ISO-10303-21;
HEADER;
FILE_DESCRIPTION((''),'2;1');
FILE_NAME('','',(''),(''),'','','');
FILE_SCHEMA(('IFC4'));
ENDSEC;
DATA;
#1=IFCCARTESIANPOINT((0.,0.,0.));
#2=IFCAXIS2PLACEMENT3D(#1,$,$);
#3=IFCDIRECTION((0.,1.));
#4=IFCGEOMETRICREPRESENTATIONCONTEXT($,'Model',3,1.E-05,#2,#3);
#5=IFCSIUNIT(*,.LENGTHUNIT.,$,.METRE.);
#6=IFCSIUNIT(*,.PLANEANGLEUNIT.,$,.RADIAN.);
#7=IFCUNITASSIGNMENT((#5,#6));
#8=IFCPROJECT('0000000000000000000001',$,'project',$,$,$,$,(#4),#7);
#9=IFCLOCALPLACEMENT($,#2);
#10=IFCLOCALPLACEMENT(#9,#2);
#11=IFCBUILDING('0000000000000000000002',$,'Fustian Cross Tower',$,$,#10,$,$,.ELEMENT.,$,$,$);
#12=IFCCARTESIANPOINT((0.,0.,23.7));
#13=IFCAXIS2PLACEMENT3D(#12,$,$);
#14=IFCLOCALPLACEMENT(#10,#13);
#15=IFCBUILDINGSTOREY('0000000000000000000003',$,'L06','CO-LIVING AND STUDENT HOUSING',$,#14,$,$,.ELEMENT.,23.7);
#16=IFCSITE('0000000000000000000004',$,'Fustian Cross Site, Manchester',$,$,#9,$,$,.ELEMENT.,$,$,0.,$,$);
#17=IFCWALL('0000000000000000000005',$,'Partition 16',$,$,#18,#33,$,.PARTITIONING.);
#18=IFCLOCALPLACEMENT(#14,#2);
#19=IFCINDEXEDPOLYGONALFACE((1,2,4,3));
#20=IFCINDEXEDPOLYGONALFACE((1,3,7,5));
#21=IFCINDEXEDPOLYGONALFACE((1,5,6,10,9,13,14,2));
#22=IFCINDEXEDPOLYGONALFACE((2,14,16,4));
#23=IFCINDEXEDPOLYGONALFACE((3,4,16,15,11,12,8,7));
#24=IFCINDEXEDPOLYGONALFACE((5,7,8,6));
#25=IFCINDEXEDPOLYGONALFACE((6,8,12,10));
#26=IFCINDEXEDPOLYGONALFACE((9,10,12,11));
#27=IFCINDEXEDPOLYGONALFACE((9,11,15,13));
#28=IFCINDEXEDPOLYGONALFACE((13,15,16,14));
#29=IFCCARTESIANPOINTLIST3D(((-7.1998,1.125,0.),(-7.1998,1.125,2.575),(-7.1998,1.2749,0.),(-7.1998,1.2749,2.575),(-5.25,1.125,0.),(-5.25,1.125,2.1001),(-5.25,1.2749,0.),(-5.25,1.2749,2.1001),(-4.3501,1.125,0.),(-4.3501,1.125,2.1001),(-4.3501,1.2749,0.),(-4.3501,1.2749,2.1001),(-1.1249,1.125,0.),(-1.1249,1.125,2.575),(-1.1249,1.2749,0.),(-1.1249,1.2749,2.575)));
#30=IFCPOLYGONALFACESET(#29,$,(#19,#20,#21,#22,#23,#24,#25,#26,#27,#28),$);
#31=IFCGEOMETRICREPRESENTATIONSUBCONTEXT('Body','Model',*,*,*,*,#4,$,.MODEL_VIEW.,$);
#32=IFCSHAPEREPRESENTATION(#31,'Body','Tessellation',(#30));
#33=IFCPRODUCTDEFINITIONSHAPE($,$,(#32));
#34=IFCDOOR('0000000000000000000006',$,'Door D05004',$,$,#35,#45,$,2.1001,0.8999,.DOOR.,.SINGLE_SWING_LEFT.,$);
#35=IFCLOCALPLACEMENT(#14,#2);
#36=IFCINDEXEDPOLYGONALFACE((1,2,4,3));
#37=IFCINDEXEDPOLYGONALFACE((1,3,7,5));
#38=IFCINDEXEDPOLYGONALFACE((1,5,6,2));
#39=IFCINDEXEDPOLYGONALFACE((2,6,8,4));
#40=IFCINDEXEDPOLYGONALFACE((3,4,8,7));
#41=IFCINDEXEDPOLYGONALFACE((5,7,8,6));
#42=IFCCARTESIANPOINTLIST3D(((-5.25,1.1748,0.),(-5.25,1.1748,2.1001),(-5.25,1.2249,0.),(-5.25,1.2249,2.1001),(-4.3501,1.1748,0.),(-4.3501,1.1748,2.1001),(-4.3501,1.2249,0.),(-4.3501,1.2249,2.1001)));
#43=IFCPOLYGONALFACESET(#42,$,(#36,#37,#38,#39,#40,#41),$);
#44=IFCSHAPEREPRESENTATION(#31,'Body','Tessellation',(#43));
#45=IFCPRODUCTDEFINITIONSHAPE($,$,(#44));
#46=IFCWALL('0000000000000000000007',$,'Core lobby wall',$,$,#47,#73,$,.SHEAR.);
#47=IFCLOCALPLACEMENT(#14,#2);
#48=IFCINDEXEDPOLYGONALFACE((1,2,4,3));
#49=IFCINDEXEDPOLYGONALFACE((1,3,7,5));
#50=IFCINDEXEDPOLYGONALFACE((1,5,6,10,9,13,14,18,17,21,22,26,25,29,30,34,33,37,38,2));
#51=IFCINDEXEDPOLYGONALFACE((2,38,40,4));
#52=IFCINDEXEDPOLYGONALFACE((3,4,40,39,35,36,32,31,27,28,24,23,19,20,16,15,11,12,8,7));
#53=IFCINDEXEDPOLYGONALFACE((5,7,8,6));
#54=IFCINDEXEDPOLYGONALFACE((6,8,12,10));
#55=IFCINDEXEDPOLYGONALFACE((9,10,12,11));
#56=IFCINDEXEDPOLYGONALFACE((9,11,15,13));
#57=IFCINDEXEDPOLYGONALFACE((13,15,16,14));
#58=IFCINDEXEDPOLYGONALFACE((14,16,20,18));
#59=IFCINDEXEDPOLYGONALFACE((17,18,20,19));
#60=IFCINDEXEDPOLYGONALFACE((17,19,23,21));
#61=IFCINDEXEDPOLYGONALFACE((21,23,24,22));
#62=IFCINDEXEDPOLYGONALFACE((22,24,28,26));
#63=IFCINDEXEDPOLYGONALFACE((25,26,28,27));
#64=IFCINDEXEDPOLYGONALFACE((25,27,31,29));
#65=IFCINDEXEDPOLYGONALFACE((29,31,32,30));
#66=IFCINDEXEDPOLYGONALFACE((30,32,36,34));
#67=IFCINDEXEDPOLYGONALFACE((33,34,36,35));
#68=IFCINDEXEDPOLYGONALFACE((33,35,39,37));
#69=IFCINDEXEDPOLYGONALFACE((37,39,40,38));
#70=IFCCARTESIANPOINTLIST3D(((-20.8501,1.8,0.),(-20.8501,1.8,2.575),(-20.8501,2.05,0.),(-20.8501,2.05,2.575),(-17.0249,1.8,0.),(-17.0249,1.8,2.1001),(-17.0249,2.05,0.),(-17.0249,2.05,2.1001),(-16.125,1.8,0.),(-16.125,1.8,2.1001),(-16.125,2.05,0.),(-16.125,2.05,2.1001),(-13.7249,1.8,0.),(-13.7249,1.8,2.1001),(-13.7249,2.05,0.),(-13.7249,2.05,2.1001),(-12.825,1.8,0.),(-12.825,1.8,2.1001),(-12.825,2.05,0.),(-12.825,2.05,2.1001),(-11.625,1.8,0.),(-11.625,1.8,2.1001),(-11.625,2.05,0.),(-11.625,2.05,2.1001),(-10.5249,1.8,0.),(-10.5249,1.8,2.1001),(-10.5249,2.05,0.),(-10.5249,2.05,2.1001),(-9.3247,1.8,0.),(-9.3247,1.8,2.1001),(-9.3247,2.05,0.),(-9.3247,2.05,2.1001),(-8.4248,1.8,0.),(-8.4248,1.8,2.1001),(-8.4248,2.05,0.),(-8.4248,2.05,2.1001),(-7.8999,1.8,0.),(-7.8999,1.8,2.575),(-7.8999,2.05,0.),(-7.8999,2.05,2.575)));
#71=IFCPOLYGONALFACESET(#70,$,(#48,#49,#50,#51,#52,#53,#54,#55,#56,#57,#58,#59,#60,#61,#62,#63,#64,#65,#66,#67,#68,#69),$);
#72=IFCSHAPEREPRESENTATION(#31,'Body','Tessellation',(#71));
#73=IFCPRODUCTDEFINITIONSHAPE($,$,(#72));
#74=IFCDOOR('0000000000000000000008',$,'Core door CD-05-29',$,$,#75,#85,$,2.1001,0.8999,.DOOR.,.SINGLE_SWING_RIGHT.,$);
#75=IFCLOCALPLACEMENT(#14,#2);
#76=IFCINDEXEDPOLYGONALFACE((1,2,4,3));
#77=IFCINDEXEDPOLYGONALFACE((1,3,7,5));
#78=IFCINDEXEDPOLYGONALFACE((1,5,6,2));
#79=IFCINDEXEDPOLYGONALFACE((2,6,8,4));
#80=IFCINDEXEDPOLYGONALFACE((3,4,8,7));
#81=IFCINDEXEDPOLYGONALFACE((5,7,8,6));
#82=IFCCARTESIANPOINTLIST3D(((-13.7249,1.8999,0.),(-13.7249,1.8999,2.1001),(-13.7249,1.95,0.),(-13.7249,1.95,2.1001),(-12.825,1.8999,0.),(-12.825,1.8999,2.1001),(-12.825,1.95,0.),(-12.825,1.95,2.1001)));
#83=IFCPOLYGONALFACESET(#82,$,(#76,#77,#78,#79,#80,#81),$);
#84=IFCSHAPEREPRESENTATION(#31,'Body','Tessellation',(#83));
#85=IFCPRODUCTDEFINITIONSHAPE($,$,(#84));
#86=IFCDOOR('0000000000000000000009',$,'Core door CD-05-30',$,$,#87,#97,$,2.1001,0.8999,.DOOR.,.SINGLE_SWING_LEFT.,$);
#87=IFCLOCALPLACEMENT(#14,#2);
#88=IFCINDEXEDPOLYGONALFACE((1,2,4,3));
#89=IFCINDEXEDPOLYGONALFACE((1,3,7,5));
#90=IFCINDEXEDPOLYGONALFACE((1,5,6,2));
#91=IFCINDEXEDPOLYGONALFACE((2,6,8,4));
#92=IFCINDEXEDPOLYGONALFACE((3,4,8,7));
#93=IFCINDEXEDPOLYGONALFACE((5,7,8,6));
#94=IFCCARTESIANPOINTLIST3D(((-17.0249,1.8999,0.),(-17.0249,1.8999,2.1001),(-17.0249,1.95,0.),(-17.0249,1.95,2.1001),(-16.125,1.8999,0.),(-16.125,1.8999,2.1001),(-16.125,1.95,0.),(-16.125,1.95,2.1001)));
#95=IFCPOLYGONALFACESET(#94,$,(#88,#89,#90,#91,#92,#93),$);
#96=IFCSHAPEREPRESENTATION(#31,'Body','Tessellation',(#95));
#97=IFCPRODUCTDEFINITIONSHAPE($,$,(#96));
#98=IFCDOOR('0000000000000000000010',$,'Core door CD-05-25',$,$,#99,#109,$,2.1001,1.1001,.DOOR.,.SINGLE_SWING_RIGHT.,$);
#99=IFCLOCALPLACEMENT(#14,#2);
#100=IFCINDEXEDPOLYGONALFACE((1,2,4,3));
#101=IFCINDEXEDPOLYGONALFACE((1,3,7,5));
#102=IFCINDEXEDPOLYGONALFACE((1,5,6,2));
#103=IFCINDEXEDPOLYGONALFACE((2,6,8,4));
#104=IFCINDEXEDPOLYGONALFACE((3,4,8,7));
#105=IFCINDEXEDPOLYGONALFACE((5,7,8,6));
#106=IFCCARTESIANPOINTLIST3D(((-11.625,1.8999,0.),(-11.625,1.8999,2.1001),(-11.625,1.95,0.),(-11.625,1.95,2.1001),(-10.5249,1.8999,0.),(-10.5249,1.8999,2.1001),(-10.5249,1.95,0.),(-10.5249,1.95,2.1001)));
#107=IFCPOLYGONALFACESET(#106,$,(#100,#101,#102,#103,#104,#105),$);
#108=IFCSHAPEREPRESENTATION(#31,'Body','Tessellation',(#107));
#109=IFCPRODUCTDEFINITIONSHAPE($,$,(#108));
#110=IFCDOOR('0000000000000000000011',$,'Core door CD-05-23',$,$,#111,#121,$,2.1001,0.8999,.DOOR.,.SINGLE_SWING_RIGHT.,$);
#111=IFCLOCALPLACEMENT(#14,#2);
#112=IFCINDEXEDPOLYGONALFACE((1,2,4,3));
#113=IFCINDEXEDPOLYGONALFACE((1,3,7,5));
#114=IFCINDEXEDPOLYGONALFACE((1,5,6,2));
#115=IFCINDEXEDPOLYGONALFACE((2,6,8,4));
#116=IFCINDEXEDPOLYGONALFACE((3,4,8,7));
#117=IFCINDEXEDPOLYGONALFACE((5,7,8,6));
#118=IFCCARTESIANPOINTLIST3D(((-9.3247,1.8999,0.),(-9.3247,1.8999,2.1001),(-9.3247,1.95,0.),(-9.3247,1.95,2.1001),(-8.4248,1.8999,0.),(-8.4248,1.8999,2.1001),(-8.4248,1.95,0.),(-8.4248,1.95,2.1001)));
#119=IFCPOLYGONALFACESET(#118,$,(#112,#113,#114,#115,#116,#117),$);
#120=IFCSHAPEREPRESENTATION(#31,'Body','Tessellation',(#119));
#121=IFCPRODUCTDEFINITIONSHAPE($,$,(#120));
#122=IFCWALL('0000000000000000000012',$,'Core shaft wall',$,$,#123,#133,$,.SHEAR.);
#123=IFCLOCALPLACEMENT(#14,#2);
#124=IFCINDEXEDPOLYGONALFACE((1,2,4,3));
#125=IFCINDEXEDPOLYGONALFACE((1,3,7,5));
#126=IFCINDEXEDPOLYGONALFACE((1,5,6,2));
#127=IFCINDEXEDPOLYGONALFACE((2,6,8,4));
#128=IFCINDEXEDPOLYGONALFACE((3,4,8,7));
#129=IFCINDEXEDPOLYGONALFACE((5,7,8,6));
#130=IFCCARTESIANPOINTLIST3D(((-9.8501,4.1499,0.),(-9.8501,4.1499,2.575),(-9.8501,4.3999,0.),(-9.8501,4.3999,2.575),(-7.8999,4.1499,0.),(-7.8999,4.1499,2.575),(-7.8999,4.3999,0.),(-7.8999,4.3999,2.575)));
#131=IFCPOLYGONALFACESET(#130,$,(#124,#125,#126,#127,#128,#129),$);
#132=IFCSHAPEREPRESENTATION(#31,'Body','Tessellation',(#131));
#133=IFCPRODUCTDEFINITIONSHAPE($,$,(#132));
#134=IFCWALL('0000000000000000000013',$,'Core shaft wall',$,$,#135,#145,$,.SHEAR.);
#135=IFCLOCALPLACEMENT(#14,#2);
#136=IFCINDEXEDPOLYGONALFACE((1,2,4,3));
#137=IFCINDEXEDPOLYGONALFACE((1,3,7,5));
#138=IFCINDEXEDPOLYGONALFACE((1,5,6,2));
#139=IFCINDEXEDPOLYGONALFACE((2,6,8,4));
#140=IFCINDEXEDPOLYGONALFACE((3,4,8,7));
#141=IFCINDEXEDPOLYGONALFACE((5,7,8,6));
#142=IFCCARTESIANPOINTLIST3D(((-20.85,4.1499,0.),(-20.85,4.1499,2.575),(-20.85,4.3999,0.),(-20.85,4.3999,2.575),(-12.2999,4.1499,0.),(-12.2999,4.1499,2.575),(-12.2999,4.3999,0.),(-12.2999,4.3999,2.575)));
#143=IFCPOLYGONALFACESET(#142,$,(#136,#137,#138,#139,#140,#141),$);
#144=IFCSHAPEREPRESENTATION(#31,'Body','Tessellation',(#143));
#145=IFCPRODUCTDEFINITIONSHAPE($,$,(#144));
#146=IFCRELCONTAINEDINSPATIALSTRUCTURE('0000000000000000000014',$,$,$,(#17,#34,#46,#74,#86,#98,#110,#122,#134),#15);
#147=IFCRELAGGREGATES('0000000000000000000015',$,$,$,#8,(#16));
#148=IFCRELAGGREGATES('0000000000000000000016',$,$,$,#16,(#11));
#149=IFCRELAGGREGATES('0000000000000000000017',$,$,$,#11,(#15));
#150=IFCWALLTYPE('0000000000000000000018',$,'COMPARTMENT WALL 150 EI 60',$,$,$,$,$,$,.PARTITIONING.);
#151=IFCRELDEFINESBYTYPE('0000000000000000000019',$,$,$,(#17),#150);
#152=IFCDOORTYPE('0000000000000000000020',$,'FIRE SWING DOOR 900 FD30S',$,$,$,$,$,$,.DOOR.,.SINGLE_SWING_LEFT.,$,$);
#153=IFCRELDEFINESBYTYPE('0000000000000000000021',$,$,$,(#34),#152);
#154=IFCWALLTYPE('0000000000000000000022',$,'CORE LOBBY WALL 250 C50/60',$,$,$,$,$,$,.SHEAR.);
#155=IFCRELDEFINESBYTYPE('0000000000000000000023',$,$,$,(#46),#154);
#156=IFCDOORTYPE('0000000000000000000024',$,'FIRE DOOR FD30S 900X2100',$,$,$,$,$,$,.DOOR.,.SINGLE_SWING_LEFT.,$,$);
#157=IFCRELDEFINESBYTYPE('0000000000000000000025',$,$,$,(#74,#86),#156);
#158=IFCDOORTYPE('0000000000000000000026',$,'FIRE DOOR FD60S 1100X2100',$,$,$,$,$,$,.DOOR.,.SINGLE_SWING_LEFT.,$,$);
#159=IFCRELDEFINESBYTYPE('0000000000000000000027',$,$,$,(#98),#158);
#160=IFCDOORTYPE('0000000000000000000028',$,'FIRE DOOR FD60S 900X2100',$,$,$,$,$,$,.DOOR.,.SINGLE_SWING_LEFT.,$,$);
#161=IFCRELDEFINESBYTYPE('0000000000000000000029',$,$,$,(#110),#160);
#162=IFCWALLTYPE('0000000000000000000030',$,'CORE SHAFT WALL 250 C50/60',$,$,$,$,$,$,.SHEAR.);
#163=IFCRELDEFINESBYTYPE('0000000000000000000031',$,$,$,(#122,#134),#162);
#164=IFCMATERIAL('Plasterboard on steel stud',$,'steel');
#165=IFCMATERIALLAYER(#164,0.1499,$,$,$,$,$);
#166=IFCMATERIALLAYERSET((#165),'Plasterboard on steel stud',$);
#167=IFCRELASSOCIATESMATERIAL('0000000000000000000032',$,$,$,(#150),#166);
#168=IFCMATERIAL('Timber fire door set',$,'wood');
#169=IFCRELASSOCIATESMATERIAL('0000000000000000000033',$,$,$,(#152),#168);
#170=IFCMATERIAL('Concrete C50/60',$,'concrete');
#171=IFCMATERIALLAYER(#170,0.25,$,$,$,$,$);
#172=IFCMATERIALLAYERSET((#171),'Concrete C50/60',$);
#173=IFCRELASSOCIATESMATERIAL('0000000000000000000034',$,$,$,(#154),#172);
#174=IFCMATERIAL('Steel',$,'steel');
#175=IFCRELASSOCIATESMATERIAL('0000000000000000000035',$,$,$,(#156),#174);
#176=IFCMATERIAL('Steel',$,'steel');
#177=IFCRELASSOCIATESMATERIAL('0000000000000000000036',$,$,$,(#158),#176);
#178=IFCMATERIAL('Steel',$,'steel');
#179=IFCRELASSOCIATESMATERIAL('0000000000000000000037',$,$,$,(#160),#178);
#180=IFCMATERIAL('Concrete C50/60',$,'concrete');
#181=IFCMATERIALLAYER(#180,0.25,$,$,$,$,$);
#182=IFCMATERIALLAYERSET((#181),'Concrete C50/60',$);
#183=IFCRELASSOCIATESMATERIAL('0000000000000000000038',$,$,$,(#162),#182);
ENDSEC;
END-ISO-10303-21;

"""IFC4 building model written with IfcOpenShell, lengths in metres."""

from ifc_helpers import new_model, si_unit, direction, frame, frame_2d, origin, place, context, subcontext, project, spatial, rectangle, extrude, material, layer, layer_set, type_object, element, fill, save


model = new_model("IFC4")

# Units and contexts
model_context = context("Model", 3, precision=1e-05, world=origin(), true_north=direction((0.0, 1.0)))
body_context = subcontext(model_context, "Body", "Model", "MODEL_VIEW")
ifc_project = project(units=[si_unit("LENGTHUNIT", "METRE"), si_unit("PLANEANGLEUNIT", "RADIAN")], contexts=[model_context])

# Site, building, storey
site_placement = place(None, origin())
site = spatial("IfcSite", under=ifc_project, at=site_placement, Name="Fustian Cross Site, Manchester", CompositionType="ELEMENT", RefElevation=0.0)
building_placement = place(site_placement, origin())
building = spatial("IfcBuilding", under=site, at=building_placement, Name="Fustian Cross Tower", CompositionType="ELEMENT")
storey_placement = place(building_placement, frame((0.0, 0.0, 23.7)))
storey = spatial("IfcBuildingStorey", under=building, at=storey_placement, Name="L06", Description="CO-LIVING AND STUDENT HOUSING", CompositionType="ELEMENT", Elevation=23.7)

# Wall, opening, door
ifc_material_1 = material(Name="Plasterboard on steel stud", Category="steel")
ifc_layer_1 = layer(ifc_material_1, 0.1499)
ifc_layer_set_1 = layer_set([ifc_layer_1], Name="Plasterboard on steel stud")
wall_type_1 = type_object("IfcWallType", Name="COMPARTMENT WALL 150 EI 60", PredefinedType="PARTITIONING", material=ifc_layer_set_1)
wall_1_placement = place(storey_placement, frame((-7.2, 1.2, 0.0), z_axis=(0.0, 0.0, 1.0), x_axis=(1.0, 0.0, 0.0)))
wall_1 = element("IfcWall", 1, at=wall_1_placement, inside=storey, type_object=wall_type_1, Name="Partition 16", PredefinedType="PARTITIONING", context=body_context, shape_type="SweptSolid", body=[
    extrude(rectangle(XDim=6.075, YDim=0.1499, at=frame_2d((3.0376, 0.0))), origin(), (0.0, 0.0, 1.0), 2.575),
])
opening_1_placement = place(wall_1_placement, frame((1.95, 0.0, 0.0)))
opening_1 = element("IfcOpeningElement", 2, at=opening_1_placement, cuts=wall_1, PredefinedType="OPENING", context=body_context, shape_type="SweptSolid", body=[
    extrude(rectangle(XDim=0.8999, YDim=2.1001, at=frame_2d((0.45, 1.05))), frame((0.0, 0.085, 0.0), z_axis=(0.0, -1.0, 0.0), x_axis=(1.0, 0.0, 0.0)), (0.0, 0.0, 1.0), 0.1699),
])
ifc_material_2 = material(Name="Timber fire door set", Category="wood")
door_type_1 = type_object("IfcDoorType", Name="FIRE SWING DOOR 900 FD30S", OperationType="SINGLE_SWING_LEFT", PredefinedType="DOOR", material=ifc_material_2)
door_1_placement = place(opening_1_placement, origin())
door_1 = element("IfcDoor", 3, at=door_1_placement, inside=storey, type_object=door_type_1, Name="Door D05004", OperationType="SINGLE_SWING_LEFT", OverallHeight=2.1001, OverallWidth=0.8999, PredefinedType="DOOR", context=body_context, shape_type="SweptSolid", body=[
    extrude(rectangle(XDim=0.8999, YDim=2.1001, at=frame_2d((0.45, 1.05))), frame((0.0, 0.0249, 0.0), z_axis=(0.0, -1.0, 0.0), x_axis=(1.0, 0.0, 0.0)), (0.0, 0.0, 1.0), 0.05),
])
fill(opening_1, door_1)

# Wall, openings, doors
ifc_material_3 = material(Name="Concrete C50/60", Category="concrete")
ifc_layer_2 = layer(ifc_material_3, 0.25)
ifc_layer_set_2 = layer_set([ifc_layer_2], Name="Concrete C50/60")
wall_type_2 = type_object("IfcWallType", Name="CORE LOBBY WALL 250 C50/60", PredefinedType="SHEAR", material=ifc_layer_set_2)
wall_2_placement = place(storey_placement, frame((-7.8999, 1.925, 0.0), z_axis=(0.0, 0.0, 1.0), x_axis=(-1.0, 0.0, 0.0)))
wall_2 = element("IfcWall", 4, at=wall_2_placement, inside=storey, type_object=wall_type_2, Name="Core lobby wall", PredefinedType="SHEAR", context=body_context, shape_type="SweptSolid", body=[
    extrude(rectangle(XDim=12.9502, YDim=0.25, at=frame_2d((6.4751, 0.0))), origin(), (0.0, 0.0, 1.0), 2.575),
])
opening_2_placement = place(wall_2_placement, frame((0.5249, 0.0, 0.0)))
opening_2 = element("IfcOpeningElement", 5, at=opening_2_placement, cuts=wall_2, PredefinedType="OPENING", context=body_context, shape_type="SweptSolid", body=[
    extrude(rectangle(XDim=0.8999, YDim=2.1001, at=frame_2d((0.45, 1.05))), frame((0.0, 0.135, 0.0), z_axis=(0.0, -1.0, 0.0), x_axis=(1.0, 0.0, 0.0)), (0.0, 0.0, 1.0), 0.27),
])
opening_3_placement = place(wall_2_placement, frame((2.625, 0.0, 0.0)))
opening_3 = element("IfcOpeningElement", 6, at=opening_3_placement, cuts=wall_2, PredefinedType="OPENING", context=body_context, shape_type="SweptSolid", body=[
    extrude(rectangle(XDim=1.1001, YDim=2.1001, at=frame_2d((0.55, 1.05))), frame((0.0, 0.135, 0.0), z_axis=(0.0, -1.0, 0.0), x_axis=(1.0, 0.0, 0.0)), (0.0, 0.0, 1.0), 0.27),
])
opening_4_placement = place(wall_2_placement, frame((4.925, 0.0, 0.0)))
opening_4 = element("IfcOpeningElement", 7, at=opening_4_placement, cuts=wall_2, PredefinedType="OPENING", context=body_context, shape_type="SweptSolid", body=[
    extrude(rectangle(XDim=0.8999, YDim=2.1001, at=frame_2d((0.45, 1.05))), frame((0.0, 0.135, 0.0), z_axis=(0.0, -1.0, 0.0), x_axis=(1.0, 0.0, 0.0)), (0.0, 0.0, 1.0), 0.27),
])
opening_5_placement = place(wall_2_placement, frame((8.2251, 0.0, 0.0)))
opening_5 = element("IfcOpeningElement", 8, at=opening_5_placement, cuts=wall_2, PredefinedType="OPENING", context=body_context, shape_type="SweptSolid", body=[
    extrude(rectangle(XDim=0.8999, YDim=2.1001, at=frame_2d((0.45, 1.05))), frame((0.0, 0.135, 0.0), z_axis=(0.0, -1.0, 0.0), x_axis=(1.0, 0.0, 0.0)), (0.0, 0.0, 1.0), 0.27),
])
ifc_material_4 = material(Name="Steel", Category="steel")
door_type_2 = type_object("IfcDoorType", Name="FIRE DOOR FD30S 900X2100", OperationType="SINGLE_SWING_LEFT", PredefinedType="DOOR", material=ifc_material_4)
door_2_placement = place(opening_4_placement, frame((0.8999, 0.0, 0.0), z_axis=(0.0, 0.0, 1.0), x_axis=(-1.0, 0.0, 0.0)))
door_2 = element("IfcDoor", 9, at=door_2_placement, inside=storey, type_object=door_type_2, Name="Core door CD-05-29", OperationType="SINGLE_SWING_RIGHT", OverallHeight=2.1001, OverallWidth=0.8999, PredefinedType="DOOR", context=body_context, shape_type="SweptSolid", body=[
    extrude(rectangle(XDim=0.8999, YDim=2.1001, at=frame_2d((0.45, 1.05))), frame((0.0, 0.0249, 0.0), z_axis=(0.0, -1.0, 0.0), x_axis=(1.0, 0.0, 0.0)), (0.0, 0.0, 1.0), 0.05),
])
fill(opening_4, door_2)
door_3_placement = place(opening_5_placement, frame((0.8999, 0.0, 0.0), z_axis=(0.0, 0.0, 1.0), x_axis=(-1.0, 0.0, 0.0)))
door_3 = element("IfcDoor", 10, at=door_3_placement, inside=storey, type_object=door_type_2, Name="Core door CD-05-30", OperationType="SINGLE_SWING_LEFT", OverallHeight=2.1001, OverallWidth=0.8999, PredefinedType="DOOR", context=body_context, shape_type="SweptSolid", body=[
    extrude(rectangle(XDim=0.8999, YDim=2.1001, at=frame_2d((0.45, 1.05))), frame((0.0, 0.0249, 0.0), z_axis=(0.0, -1.0, 0.0), x_axis=(1.0, 0.0, 0.0)), (0.0, 0.0, 1.0), 0.05),
])
fill(opening_5, door_3)
ifc_material_5 = material(Name="Steel", Category="steel")
door_type_3 = type_object("IfcDoorType", Name="FIRE DOOR FD60S 1100X2100", OperationType="SINGLE_SWING_LEFT", PredefinedType="DOOR", material=ifc_material_5)
door_4_placement = place(opening_3_placement, frame((1.1001, 0.0, 0.0), z_axis=(0.0, 0.0, 1.0), x_axis=(-1.0, 0.0, 0.0)))
door_4 = element("IfcDoor", 11, at=door_4_placement, inside=storey, type_object=door_type_3, Name="Core door CD-05-25", OperationType="SINGLE_SWING_RIGHT", OverallHeight=2.1001, OverallWidth=1.1001, PredefinedType="DOOR", context=body_context, shape_type="SweptSolid", body=[
    extrude(rectangle(XDim=1.1001, YDim=2.1001, at=frame_2d((0.55, 1.05))), frame((0.0, 0.0249, 0.0), z_axis=(0.0, -1.0, 0.0), x_axis=(1.0, 0.0, 0.0)), (0.0, 0.0, 1.0), 0.05),
])
fill(opening_3, door_4)
ifc_material_6 = material(Name="Steel", Category="steel")
door_type_4 = type_object("IfcDoorType", Name="FIRE DOOR FD60S 900X2100", OperationType="SINGLE_SWING_LEFT", PredefinedType="DOOR", material=ifc_material_6)
door_5_placement = place(opening_2_placement, frame((0.8999, 0.0, 0.0), z_axis=(0.0, 0.0, 1.0), x_axis=(-1.0, 0.0, 0.0)))
door_5 = element("IfcDoor", 12, at=door_5_placement, inside=storey, type_object=door_type_4, Name="Core door CD-05-23", OperationType="SINGLE_SWING_RIGHT", OverallHeight=2.1001, OverallWidth=0.8999, PredefinedType="DOOR", context=body_context, shape_type="SweptSolid", body=[
    extrude(rectangle(XDim=0.8999, YDim=2.1001, at=frame_2d((0.45, 1.05))), frame((0.0, 0.0249, 0.0), z_axis=(0.0, -1.0, 0.0), x_axis=(1.0, 0.0, 0.0)), (0.0, 0.0, 1.0), 0.05),
])
fill(opening_2, door_5)

# Walls
ifc_material_7 = material(Name="Concrete C50/60", Category="concrete")
ifc_layer_3 = layer(ifc_material_7, 0.25)
ifc_layer_set_3 = layer_set([ifc_layer_3], Name="Concrete C50/60")
wall_type_3 = type_object("IfcWallType", Name="CORE SHAFT WALL 250 C50/60", PredefinedType="SHEAR", material=ifc_layer_set_3)
wall_3_placement = place(storey_placement, frame((-7.8999, 4.2749, 0.0), z_axis=(0.0, 0.0, 1.0), x_axis=(-1.0, 0.0, 0.0)))
element("IfcWall", 13, at=wall_3_placement, inside=storey, type_object=wall_type_3, Name="Core shaft wall", PredefinedType="SHEAR", context=body_context, shape_type="SweptSolid", body=[
    extrude(rectangle(XDim=1.9502, YDim=0.25, at=frame_2d((0.9751, 0.0))), origin(), (0.0, 0.0, 1.0), 2.575),
])
wall_4_placement = place(storey_placement, frame((-12.3, 4.2749, 0.0), z_axis=(0.0, 0.0, 1.0), x_axis=(-1.0, 0.0, 0.0)))
element("IfcWall", 14, at=wall_4_placement, inside=storey, type_object=wall_type_3, Name="Core shaft wall", PredefinedType="SHEAR", context=body_context, shape_type="SweptSolid", body=[
    extrude(rectangle(XDim=8.55, YDim=0.25, at=frame_2d((4.2749, 0.0))), origin(), (0.0, 0.0, 1.0), 2.575),
])

save(model, "model.ifc")
